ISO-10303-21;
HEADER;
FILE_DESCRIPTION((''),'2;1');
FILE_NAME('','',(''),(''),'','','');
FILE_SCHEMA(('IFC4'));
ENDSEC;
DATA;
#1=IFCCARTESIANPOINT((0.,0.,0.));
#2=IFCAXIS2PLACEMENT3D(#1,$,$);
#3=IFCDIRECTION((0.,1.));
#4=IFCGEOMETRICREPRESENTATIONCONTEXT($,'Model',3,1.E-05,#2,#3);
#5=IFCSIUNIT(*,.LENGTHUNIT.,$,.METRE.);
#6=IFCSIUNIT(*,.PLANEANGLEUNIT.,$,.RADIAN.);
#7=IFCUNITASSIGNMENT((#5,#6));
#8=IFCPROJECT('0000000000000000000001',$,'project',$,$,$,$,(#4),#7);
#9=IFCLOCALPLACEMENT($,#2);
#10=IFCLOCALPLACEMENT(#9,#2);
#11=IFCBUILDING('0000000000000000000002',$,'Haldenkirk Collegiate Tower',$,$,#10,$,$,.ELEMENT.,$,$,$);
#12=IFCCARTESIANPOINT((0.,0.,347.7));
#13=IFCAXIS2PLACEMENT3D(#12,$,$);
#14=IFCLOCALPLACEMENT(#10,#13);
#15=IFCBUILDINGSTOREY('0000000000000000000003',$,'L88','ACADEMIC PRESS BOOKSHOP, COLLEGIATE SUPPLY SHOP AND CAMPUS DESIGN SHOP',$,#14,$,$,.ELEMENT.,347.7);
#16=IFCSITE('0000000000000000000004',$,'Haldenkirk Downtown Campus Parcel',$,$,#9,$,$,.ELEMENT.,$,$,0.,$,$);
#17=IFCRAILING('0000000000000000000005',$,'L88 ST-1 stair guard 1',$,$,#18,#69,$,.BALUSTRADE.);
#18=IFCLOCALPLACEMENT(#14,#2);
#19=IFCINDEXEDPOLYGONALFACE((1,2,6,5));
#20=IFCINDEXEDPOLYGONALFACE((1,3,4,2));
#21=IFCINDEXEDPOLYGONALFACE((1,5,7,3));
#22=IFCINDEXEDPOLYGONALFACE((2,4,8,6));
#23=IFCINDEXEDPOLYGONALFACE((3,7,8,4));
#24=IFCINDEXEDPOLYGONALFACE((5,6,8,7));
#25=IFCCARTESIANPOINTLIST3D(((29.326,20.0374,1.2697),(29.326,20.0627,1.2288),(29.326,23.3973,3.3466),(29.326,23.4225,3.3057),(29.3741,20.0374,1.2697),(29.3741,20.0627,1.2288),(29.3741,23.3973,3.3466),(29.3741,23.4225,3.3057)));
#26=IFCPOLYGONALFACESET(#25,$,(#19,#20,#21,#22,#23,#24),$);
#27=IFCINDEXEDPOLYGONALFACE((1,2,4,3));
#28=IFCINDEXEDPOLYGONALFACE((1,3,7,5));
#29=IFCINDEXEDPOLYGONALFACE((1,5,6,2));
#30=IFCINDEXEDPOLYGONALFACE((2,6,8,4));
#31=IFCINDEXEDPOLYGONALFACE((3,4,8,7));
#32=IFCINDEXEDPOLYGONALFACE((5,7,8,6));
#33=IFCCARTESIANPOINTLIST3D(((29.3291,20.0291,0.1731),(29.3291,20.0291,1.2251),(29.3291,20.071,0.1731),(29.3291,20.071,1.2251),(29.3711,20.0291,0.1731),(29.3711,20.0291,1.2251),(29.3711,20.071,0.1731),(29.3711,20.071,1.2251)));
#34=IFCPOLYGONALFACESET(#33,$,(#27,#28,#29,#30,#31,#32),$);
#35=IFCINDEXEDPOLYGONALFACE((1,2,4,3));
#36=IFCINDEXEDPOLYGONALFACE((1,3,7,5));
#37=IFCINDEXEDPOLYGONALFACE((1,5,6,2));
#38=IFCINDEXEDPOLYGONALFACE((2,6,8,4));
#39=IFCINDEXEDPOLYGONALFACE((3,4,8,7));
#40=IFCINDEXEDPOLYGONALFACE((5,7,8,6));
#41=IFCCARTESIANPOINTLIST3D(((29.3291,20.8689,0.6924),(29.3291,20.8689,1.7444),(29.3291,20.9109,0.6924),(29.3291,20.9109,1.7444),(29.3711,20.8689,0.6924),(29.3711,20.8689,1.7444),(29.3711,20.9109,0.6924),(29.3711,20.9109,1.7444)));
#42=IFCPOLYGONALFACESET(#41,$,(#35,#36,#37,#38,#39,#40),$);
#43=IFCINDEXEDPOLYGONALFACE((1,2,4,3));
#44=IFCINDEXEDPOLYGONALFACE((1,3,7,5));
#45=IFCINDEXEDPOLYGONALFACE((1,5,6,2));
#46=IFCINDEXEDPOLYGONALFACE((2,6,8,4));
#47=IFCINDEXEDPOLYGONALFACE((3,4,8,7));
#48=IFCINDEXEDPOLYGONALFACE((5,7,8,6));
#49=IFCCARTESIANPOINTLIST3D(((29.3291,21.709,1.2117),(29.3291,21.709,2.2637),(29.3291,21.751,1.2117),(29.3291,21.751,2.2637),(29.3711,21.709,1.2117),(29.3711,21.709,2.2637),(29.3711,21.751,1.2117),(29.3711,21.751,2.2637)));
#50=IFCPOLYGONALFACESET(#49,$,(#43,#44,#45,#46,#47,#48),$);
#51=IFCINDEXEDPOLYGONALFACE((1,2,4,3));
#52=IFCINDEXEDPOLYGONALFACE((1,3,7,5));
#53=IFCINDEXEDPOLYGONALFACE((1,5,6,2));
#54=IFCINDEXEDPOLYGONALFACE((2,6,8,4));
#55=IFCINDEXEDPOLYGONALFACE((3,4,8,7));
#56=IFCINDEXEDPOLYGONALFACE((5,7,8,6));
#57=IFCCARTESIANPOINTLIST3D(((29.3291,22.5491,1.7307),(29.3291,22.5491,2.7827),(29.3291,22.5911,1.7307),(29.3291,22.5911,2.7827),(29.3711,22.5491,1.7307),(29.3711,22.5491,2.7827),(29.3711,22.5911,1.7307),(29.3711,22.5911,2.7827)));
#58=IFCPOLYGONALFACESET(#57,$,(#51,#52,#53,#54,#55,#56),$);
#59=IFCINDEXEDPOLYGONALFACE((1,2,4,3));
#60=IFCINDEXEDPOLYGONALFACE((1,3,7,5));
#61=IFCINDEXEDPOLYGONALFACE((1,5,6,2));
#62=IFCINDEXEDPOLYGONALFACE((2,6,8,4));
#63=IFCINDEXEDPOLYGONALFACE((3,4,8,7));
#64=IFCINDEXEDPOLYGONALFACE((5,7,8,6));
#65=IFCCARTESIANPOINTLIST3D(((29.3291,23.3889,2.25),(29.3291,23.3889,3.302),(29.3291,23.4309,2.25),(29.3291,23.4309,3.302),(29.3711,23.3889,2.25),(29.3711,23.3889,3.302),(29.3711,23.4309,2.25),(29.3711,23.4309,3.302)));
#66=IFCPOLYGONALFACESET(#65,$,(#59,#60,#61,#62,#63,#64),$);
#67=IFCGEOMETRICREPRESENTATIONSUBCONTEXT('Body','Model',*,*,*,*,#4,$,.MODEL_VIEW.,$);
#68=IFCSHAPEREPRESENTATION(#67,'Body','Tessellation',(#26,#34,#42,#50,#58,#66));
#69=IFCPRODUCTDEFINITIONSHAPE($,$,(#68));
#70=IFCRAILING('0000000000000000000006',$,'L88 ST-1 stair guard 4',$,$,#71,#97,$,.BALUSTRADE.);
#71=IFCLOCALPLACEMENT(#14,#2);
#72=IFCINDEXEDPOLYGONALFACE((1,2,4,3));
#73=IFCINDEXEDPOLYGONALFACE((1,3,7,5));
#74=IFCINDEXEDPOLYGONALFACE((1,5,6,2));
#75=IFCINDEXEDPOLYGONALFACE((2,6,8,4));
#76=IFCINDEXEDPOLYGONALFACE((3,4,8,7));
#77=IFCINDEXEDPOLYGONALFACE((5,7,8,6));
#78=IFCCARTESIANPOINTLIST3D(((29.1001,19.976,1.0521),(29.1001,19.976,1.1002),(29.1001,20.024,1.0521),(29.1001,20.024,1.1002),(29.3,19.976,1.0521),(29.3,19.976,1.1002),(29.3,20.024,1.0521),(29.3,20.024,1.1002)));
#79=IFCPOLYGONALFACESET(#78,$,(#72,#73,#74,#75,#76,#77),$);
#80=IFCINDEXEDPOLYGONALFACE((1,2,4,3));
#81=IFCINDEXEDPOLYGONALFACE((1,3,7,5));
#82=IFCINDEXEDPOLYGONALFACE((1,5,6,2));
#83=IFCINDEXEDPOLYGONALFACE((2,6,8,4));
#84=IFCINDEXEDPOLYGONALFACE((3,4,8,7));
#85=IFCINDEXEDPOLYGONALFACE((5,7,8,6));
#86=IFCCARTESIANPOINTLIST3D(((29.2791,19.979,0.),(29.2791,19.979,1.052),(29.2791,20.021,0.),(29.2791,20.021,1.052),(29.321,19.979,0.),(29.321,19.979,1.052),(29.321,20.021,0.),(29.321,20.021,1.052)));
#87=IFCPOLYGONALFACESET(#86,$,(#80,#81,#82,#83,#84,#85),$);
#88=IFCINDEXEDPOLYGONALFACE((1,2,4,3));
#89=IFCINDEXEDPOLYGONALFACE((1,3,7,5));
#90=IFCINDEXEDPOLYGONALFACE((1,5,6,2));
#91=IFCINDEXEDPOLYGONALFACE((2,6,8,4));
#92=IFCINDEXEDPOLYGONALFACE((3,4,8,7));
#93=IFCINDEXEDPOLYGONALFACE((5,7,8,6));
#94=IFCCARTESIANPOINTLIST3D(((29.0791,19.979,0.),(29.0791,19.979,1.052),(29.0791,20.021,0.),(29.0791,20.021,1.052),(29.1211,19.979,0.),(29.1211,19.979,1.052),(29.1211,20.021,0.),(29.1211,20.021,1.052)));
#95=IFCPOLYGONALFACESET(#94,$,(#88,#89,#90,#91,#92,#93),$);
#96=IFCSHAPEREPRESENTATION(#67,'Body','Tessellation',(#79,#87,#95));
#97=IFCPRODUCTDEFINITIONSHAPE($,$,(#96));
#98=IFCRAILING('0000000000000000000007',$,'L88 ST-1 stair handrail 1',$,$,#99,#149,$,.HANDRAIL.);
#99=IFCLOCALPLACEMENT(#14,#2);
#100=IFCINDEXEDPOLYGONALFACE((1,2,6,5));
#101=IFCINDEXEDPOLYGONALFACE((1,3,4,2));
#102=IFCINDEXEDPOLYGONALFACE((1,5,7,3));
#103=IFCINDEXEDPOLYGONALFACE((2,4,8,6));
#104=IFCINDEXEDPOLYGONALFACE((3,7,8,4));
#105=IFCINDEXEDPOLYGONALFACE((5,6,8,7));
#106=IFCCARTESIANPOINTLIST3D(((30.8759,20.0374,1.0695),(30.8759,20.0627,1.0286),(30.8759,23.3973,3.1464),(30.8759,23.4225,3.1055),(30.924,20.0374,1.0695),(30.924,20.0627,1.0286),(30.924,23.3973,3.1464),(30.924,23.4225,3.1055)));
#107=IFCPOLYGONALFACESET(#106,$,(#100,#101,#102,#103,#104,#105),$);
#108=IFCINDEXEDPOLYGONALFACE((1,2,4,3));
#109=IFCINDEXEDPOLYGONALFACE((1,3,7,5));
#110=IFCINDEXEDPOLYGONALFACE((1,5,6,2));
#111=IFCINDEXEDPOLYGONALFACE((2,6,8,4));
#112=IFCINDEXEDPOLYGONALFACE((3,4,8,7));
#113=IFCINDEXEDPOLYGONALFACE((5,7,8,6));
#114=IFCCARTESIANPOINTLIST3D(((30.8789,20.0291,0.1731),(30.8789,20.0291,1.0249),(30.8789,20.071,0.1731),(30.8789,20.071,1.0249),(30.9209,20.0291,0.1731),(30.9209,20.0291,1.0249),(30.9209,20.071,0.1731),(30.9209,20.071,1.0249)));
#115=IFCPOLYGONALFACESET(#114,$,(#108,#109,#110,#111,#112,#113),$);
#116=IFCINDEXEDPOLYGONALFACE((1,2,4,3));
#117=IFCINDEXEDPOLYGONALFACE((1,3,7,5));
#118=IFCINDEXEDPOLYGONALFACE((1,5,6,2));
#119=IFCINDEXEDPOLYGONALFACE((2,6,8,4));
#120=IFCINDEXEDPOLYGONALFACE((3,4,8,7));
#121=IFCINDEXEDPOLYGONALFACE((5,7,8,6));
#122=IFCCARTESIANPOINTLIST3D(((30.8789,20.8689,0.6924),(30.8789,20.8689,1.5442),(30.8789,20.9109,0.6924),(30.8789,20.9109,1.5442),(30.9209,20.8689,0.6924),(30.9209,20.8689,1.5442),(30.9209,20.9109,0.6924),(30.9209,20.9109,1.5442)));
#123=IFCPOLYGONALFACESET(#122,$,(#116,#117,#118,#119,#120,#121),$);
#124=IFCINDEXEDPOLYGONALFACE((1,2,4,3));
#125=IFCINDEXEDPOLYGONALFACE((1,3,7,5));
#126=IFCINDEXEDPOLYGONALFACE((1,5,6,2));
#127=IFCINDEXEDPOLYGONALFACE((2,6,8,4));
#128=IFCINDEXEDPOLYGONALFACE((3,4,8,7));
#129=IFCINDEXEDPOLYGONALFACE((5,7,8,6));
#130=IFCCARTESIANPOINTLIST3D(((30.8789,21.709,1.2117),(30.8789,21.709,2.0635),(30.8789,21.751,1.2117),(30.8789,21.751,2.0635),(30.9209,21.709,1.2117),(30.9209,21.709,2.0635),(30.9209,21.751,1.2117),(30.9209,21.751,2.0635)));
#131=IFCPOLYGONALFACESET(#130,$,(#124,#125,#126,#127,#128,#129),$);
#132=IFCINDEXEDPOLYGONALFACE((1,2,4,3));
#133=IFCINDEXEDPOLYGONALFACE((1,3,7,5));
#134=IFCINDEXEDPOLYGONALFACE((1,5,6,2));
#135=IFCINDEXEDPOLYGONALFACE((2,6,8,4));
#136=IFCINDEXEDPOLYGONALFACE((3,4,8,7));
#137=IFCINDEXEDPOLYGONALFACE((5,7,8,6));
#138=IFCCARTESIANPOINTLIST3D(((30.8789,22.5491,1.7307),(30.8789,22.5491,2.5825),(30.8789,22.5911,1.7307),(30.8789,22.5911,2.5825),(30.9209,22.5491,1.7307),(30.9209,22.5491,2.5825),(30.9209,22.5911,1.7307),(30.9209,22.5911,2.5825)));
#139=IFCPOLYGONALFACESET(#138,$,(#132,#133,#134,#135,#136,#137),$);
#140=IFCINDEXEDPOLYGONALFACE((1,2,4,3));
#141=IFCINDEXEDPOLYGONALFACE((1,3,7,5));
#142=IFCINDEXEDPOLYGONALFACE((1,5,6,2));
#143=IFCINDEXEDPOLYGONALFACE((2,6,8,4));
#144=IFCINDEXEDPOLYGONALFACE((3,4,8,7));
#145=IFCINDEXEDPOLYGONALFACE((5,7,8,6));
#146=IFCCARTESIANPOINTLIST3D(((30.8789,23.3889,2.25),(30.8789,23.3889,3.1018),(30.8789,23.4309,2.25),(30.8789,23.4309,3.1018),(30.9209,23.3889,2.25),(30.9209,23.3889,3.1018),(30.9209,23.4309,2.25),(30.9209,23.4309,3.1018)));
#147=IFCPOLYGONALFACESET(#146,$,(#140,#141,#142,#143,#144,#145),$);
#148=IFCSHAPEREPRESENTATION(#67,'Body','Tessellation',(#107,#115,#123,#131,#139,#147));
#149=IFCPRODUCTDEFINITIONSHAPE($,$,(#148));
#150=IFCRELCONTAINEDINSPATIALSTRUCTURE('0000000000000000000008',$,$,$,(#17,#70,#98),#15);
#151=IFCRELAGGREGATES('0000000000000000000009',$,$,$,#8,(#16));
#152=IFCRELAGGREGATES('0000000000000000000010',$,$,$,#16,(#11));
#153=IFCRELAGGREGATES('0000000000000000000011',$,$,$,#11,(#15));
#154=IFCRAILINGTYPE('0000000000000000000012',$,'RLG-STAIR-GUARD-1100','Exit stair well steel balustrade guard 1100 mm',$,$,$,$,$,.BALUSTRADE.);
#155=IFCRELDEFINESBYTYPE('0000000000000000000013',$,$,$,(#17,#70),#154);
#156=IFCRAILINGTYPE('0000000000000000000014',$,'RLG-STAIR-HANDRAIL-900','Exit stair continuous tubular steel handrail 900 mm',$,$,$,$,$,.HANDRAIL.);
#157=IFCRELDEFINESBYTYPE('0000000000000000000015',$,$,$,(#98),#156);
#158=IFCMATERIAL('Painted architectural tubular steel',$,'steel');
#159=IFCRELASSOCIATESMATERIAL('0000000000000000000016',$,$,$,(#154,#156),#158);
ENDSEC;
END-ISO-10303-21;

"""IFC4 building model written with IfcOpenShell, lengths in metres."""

from ifc_helpers import new_model, si_unit, direction, frame, origin, origin_2d, place, context, subcontext, project, spatial, rectangle, extrude, material, type_object, element, save


model = new_model("IFC4")

# Units and contexts
model_context = context("Model", 3, precision=1e-05, world=origin(), true_north=direction((0.0, 1.0)))
body_context = subcontext(model_context, "Body", "Model", "MODEL_VIEW")
ifc_project = project(units=[si_unit("LENGTHUNIT", "METRE"), si_unit("PLANEANGLEUNIT", "RADIAN")], contexts=[model_context])

# Site, building, storey
site_placement = place(None, origin())
site = spatial("IfcSite", under=ifc_project, at=site_placement, Name="Haldenkirk Downtown Campus Parcel", CompositionType="ELEMENT", RefElevation=0.0)
building_placement = place(site_placement, origin())
building = spatial("IfcBuilding", under=site, at=building_placement, Name="Haldenkirk Collegiate Tower", CompositionType="ELEMENT")
storey_placement = place(building_placement, frame((0.0, 0.0, 347.7)))
storey = spatial("IfcBuildingStorey", under=building, at=storey_placement, Name="L88", Description="ACADEMIC PRESS BOOKSHOP, COLLEGIATE SUPPLY SHOP AND CAMPUS DESIGN SHOP", CompositionType="ELEMENT", Elevation=347.7)

# Railings
ifc_material_1 = material(Name="Painted architectural tubular steel", Category="steel")
railing_type_1 = type_object("IfcRailingType", Name="RLG-STAIR-GUARD-1100", Description="Exit stair well steel balustrade guard 1100 mm", PredefinedType="BALUSTRADE", material=ifc_material_1)
railing_1_placement = place(storey_placement, frame((29.3501, 20.05, 0.1731)))
element("IfcRailing", 1, at=railing_1_placement, inside=storey, type_object=railing_type_1, Name="L88 ST-1 stair guard 1", PredefinedType="BALUSTRADE", context=body_context, shape_type="SweptSolid", body=[
    extrude(rectangle(XDim=0.0481, YDim=0.0481, at=origin_2d()), frame((0.0, 0.0, 1.0762), z_axis=(0.0, 0.850606, 0.525803), x_axis=(-1.0, 0.0, 0.0)), (0.0, 0.0, 1.0), 3.95),
    extrude(rectangle(XDim=0.042, YDim=0.042, at=origin_2d()), origin(), (0.0, 0.0, 1.0), 1.052),
    extrude(rectangle(XDim=0.042, YDim=0.042, at=origin_2d()), frame((0.0, 0.8398, 0.5193)), (0.0, 0.0, 1.0), 1.052),
    extrude(rectangle(XDim=0.042, YDim=0.042, at=origin_2d()), frame((0.0, 1.6799, 1.0386)), (0.0, 0.0, 1.0), 1.052),
    extrude(rectangle(XDim=0.042, YDim=0.042, at=origin_2d()), frame((0.0, 2.52, 1.5576)), (0.0, 0.0, 1.0), 1.052),
    extrude(rectangle(XDim=0.042, YDim=0.042, at=origin_2d()), frame((0.0, 3.3599, 2.0769)), (0.0, 0.0, 1.0), 1.052),
])
railing_2_placement = place(storey_placement, frame((29.3, 20.0, 0.0)))
element("IfcRailing", 2, at=railing_2_placement, inside=storey, type_object=railing_type_1, Name="L88 ST-1 stair guard 4", PredefinedType="BALUSTRADE", context=body_context, shape_type="SweptSolid", body=[
    extrude(rectangle(XDim=0.0481, YDim=0.0481, at=origin_2d()), frame((0.0, 0.0, 1.0762), z_axis=(-1.0, 0.0, 0.0), x_axis=(0.0, -1.0, 0.0)), (0.0, 0.0, 1.0), 0.2),
    extrude(rectangle(XDim=0.042, YDim=0.042, at=origin_2d()), origin(), (0.0, 0.0, 1.0), 1.052),
    extrude(rectangle(XDim=0.042, YDim=0.042, at=origin_2d()), frame((-0.2, 0.0, 0.0)), (0.0, 0.0, 1.0), 1.052),
])
railing_type_2 = type_object("IfcRailingType", Name="RLG-STAIR-HANDRAIL-900", Description="Exit stair continuous tubular steel handrail 900 mm", PredefinedType="HANDRAIL", material=ifc_material_1)
railing_3_placement = place(storey_placement, frame((30.8999, 20.05, 0.1731)))
element("IfcRailing", 3, at=railing_3_placement, inside=storey, type_object=railing_type_2, Name="L88 ST-1 stair handrail 1", PredefinedType="HANDRAIL", context=body_context, shape_type="SweptSolid", body=[
    extrude(rectangle(XDim=0.0481, YDim=0.0481, at=origin_2d()), frame((0.0, 0.0, 0.876), z_axis=(0.0, 0.850606, 0.525803), x_axis=(-1.0, 0.0, 0.0)), (0.0, 0.0, 1.0), 3.95),
    extrude(rectangle(XDim=0.042, YDim=0.042, at=origin_2d()), origin(), (0.0, 0.0, 1.0), 0.8518),
    extrude(rectangle(XDim=0.042, YDim=0.042, at=origin_2d()), frame((0.0, 0.8398, 0.5193)), (0.0, 0.0, 1.0), 0.8518),
    extrude(rectangle(XDim=0.042, YDim=0.042, at=origin_2d()), frame((0.0, 1.6799, 1.0386)), (0.0, 0.0, 1.0), 0.8518),
    extrude(rectangle(XDim=0.042, YDim=0.042, at=origin_2d()), frame((0.0, 2.52, 1.5576)), (0.0, 0.0, 1.0), 0.8518),
    extrude(rectangle(XDim=0.042, YDim=0.042, at=origin_2d()), frame((0.0, 3.3599, 2.0769)), (0.0, 0.0, 1.0), 0.8518),
])

save(model, "model.ifc")
